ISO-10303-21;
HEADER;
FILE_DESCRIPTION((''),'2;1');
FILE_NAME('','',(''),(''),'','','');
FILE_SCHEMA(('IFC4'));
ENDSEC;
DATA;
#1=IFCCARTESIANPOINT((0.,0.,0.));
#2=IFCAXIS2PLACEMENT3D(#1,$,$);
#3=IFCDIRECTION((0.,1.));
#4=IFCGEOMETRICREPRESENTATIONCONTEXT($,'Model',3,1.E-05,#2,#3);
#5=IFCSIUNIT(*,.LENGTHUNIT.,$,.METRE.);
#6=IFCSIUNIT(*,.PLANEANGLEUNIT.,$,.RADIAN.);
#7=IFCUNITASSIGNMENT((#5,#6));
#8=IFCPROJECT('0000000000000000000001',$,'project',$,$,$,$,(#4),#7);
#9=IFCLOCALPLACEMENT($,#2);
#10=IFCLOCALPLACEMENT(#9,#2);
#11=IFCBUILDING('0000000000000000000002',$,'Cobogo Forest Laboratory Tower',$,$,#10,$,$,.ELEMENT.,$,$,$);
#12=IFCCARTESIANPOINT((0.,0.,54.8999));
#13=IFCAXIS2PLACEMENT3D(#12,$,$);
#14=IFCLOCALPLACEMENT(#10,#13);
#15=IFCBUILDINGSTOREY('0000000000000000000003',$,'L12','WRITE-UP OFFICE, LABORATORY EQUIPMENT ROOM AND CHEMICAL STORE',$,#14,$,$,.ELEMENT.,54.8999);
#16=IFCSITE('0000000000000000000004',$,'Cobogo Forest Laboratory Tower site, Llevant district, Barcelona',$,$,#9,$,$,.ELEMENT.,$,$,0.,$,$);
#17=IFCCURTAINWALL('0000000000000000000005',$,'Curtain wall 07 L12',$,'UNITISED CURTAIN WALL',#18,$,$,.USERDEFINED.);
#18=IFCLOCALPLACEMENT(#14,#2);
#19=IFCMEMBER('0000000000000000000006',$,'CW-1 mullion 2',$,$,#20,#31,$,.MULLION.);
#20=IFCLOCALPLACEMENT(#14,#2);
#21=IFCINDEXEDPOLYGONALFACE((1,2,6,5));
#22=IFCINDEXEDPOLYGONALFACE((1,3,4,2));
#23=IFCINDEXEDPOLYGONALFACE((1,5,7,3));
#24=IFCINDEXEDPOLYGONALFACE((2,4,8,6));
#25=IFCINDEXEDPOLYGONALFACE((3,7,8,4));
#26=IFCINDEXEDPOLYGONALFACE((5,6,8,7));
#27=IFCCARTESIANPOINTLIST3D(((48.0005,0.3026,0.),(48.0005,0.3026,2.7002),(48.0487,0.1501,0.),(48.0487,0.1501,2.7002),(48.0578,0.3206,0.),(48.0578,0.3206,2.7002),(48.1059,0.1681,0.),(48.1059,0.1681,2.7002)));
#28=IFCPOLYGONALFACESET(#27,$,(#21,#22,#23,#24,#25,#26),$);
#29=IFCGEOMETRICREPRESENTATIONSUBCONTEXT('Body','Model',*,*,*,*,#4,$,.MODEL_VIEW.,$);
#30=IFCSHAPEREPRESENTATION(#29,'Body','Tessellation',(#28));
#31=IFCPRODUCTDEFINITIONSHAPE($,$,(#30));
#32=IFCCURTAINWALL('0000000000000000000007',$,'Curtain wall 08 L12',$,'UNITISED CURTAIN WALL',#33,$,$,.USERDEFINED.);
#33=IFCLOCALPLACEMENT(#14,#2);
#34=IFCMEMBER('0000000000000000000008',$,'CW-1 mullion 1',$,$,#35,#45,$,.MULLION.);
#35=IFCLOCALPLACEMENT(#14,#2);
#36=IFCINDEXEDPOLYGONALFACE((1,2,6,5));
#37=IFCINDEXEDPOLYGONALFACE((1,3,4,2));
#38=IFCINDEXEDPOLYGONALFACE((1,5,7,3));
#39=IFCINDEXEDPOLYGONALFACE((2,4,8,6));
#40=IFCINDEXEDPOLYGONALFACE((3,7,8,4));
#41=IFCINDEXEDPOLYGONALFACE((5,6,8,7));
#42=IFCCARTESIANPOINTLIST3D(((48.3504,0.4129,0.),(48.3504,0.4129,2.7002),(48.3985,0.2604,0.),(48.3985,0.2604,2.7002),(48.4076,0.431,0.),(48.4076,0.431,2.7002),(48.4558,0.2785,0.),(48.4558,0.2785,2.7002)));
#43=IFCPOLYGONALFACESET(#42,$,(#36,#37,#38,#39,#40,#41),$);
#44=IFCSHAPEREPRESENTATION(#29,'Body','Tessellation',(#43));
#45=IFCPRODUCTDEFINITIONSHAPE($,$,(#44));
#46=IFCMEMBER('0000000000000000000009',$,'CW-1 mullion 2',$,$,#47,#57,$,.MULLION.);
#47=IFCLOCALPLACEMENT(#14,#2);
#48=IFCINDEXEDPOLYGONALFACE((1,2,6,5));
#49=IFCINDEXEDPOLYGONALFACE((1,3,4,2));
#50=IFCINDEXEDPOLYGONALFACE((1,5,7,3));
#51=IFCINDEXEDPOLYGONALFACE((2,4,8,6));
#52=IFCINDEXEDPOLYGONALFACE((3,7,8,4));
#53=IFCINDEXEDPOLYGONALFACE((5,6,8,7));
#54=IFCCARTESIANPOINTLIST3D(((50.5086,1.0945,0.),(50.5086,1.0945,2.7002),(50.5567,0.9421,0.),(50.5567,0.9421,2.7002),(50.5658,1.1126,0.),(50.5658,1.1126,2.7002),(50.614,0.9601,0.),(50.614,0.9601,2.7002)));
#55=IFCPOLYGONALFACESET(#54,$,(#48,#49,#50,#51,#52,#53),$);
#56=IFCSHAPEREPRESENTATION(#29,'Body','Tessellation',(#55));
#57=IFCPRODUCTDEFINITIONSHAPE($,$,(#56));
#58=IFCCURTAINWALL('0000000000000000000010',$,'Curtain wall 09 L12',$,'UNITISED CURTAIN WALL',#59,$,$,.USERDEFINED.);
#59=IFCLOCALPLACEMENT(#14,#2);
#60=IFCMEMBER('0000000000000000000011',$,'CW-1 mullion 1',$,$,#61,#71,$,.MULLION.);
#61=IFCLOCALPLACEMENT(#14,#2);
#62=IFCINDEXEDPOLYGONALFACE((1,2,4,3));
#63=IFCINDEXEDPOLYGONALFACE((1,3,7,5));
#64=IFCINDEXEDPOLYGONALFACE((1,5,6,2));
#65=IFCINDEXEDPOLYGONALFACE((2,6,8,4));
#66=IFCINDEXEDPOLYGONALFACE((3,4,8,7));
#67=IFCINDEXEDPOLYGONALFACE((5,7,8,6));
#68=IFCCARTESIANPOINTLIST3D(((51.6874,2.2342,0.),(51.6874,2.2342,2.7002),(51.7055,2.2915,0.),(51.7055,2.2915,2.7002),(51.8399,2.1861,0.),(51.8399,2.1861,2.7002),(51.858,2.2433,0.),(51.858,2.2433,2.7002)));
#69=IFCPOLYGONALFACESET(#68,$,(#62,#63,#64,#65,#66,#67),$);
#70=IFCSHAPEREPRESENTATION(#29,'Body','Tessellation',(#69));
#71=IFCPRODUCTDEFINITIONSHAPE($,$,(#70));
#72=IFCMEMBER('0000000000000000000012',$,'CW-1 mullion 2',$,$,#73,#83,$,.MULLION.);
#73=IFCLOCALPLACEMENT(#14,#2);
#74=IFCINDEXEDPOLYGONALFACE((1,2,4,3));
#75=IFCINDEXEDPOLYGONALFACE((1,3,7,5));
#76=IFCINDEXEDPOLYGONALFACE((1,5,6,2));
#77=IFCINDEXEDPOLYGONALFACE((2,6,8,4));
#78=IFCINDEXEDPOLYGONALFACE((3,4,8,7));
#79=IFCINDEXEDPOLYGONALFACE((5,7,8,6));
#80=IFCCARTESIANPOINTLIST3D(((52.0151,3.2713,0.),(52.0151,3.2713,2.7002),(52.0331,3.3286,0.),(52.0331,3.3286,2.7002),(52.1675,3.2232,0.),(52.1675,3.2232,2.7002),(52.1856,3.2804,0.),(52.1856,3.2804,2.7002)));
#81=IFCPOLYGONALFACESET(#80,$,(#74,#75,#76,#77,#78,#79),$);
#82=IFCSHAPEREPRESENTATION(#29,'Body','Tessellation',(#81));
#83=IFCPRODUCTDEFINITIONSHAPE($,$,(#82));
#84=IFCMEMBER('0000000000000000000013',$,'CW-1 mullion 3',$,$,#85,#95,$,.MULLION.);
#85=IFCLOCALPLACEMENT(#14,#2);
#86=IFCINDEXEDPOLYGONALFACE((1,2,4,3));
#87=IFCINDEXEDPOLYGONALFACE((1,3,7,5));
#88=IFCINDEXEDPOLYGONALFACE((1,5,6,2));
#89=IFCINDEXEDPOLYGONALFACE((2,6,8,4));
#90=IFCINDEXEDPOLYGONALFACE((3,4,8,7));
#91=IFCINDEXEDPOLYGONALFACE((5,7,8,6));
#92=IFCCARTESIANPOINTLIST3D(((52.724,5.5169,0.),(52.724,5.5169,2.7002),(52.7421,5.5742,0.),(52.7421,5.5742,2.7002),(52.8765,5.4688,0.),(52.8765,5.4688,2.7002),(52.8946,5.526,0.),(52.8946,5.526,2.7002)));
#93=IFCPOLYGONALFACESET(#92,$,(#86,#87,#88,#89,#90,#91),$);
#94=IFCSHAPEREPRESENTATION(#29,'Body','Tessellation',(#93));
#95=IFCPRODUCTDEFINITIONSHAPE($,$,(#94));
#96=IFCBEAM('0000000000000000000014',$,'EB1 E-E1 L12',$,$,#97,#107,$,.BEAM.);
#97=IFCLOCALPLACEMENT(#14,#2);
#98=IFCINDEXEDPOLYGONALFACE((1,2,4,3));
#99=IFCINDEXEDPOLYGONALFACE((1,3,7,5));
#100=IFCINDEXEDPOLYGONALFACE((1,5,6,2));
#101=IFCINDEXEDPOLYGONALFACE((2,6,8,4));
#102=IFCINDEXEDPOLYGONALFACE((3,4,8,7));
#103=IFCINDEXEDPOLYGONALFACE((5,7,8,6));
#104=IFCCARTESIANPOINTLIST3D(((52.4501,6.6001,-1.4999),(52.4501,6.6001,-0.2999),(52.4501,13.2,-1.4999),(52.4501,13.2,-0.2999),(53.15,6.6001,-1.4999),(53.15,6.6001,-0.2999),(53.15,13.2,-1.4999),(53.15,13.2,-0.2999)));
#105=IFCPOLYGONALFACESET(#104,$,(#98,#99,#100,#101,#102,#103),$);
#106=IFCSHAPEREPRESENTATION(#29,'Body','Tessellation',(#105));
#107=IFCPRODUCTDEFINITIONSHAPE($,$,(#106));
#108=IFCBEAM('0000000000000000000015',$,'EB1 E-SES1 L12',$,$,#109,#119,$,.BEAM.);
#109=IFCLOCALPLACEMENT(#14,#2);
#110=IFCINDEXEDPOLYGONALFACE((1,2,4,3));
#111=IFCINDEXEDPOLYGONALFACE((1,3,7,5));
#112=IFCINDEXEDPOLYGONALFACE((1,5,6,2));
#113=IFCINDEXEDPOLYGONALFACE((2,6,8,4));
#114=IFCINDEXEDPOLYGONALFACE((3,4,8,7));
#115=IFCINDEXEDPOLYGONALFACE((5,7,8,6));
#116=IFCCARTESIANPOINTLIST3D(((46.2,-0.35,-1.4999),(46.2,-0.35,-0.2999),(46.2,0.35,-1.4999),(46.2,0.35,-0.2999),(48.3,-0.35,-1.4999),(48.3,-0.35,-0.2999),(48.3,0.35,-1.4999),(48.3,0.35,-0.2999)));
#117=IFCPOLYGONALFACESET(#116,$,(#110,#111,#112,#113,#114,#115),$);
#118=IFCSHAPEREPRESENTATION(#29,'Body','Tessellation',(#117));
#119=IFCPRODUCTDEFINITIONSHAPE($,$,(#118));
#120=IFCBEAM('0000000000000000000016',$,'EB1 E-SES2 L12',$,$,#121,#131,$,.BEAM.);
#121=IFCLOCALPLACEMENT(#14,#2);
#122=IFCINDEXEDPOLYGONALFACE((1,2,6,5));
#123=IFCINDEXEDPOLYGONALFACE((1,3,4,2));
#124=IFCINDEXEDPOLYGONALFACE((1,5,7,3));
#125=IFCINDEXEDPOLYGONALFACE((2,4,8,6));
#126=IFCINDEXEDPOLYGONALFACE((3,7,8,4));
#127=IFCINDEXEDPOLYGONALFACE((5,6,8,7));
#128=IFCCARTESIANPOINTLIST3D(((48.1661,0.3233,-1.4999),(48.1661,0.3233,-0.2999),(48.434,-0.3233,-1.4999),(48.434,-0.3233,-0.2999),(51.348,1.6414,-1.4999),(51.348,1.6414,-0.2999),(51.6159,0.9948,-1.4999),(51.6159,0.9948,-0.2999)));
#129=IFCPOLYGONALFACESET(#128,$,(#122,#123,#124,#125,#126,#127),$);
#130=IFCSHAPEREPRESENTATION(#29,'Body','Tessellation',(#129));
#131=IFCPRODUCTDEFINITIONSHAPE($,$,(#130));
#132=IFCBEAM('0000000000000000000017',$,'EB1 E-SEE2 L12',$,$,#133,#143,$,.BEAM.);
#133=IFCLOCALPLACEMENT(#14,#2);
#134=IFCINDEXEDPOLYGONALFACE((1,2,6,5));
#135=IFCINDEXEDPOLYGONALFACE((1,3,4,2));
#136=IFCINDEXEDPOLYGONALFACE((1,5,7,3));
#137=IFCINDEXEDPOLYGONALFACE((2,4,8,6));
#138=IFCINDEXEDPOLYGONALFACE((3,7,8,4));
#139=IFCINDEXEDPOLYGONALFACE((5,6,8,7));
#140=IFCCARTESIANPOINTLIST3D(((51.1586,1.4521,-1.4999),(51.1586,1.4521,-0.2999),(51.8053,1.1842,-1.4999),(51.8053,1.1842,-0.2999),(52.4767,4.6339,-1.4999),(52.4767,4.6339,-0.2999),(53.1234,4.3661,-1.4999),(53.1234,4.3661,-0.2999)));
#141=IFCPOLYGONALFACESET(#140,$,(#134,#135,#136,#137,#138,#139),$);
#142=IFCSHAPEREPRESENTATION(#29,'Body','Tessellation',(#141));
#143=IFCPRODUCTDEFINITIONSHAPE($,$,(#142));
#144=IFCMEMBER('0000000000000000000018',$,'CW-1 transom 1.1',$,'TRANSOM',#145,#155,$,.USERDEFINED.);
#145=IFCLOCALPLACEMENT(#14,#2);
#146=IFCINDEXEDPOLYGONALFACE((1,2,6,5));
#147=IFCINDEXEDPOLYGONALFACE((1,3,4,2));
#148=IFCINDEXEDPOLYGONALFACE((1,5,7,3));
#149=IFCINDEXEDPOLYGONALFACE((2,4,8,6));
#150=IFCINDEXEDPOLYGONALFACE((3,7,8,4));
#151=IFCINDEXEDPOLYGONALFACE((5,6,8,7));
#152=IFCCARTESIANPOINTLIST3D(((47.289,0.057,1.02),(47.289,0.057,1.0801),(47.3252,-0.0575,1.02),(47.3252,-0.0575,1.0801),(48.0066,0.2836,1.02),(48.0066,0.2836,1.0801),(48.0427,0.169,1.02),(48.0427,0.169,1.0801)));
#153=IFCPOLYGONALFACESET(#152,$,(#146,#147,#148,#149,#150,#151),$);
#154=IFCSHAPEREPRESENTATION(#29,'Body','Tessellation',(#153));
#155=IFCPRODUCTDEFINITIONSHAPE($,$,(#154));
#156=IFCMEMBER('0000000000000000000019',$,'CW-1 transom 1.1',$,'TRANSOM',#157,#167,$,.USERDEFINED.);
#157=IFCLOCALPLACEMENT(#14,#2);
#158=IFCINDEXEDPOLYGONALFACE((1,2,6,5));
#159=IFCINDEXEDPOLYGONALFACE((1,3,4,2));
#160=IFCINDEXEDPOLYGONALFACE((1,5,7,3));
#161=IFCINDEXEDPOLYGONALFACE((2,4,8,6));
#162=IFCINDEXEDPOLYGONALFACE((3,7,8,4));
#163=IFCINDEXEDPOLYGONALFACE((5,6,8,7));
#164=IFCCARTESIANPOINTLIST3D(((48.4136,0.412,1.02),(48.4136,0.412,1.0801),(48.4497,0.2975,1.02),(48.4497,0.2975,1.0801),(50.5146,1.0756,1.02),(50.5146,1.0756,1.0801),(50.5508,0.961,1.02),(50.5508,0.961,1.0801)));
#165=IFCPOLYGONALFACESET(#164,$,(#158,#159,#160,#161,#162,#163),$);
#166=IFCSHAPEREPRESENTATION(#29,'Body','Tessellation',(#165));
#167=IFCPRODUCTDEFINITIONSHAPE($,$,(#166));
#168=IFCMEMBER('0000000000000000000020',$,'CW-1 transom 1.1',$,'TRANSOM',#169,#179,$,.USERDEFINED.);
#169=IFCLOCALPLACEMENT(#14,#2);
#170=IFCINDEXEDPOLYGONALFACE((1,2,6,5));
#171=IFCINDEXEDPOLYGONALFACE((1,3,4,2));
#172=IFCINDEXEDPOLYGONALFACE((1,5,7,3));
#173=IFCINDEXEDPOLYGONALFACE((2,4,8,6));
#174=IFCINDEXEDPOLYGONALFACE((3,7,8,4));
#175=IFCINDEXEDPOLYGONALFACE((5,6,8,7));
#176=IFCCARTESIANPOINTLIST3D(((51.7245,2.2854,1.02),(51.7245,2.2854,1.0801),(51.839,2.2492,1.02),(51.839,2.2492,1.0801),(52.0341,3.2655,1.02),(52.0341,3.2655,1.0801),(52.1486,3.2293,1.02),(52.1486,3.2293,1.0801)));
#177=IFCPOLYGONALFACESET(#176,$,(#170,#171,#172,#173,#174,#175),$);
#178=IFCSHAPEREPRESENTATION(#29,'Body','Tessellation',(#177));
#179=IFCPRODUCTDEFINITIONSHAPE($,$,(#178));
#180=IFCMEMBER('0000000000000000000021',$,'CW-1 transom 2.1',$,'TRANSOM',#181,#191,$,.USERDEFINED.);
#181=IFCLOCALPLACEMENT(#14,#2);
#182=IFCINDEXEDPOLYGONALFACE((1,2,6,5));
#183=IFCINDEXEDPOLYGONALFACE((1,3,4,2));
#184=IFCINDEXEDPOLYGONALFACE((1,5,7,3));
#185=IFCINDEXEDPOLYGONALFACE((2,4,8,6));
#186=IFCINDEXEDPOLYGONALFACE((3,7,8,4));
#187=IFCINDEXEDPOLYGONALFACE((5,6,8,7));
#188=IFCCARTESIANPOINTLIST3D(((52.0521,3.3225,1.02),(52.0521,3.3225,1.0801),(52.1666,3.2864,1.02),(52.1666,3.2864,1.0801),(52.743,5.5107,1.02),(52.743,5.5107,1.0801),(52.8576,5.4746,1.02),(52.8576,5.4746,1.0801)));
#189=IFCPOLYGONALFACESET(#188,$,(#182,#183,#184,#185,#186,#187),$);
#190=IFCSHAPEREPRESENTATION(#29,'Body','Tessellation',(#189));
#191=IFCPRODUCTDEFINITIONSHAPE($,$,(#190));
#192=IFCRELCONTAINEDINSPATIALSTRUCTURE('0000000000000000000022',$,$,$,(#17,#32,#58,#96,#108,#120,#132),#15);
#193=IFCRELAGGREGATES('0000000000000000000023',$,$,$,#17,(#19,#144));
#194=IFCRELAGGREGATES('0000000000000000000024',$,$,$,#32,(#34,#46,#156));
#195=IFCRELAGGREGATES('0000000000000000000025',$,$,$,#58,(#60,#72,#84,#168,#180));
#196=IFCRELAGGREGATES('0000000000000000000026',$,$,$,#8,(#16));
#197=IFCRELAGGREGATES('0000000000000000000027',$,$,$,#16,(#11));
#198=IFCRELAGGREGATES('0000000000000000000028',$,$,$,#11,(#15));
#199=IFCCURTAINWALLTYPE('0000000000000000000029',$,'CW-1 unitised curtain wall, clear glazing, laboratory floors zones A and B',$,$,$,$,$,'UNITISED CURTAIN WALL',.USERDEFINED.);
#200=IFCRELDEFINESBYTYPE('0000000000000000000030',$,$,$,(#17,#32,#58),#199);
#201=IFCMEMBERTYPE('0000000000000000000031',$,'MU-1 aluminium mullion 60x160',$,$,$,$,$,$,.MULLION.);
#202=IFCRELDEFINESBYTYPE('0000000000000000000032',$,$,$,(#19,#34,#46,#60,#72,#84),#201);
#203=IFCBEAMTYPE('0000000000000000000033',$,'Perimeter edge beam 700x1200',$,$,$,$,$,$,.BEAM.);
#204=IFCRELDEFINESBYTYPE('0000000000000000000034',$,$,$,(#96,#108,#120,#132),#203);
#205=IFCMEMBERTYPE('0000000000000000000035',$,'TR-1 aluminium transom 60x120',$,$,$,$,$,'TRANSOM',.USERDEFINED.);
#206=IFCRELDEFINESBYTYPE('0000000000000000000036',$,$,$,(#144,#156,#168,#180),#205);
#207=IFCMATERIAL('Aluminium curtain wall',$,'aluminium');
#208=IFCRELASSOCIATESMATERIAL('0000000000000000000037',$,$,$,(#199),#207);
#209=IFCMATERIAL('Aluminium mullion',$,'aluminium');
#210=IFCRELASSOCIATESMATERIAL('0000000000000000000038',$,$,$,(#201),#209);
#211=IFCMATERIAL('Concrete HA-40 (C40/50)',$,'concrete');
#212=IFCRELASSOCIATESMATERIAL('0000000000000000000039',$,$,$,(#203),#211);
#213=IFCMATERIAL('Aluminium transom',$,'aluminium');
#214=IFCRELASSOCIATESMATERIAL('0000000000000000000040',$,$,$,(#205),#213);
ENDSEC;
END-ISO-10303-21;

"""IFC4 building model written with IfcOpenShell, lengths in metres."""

from ifc_helpers import new_model, si_unit, direction, frame, origin, origin_2d, place, context, subcontext, project, spatial, rectangle, extrude, material, material_profile, profile_set, type_object, element, aggregate, save


model = new_model("IFC4")

# Units and contexts
model_context = context("Model", 3, precision=1e-05, world=origin(), true_north=direction((0.0, 1.0)))
body_context = subcontext(model_context, "Body", "Model", "MODEL_VIEW")
ifc_project = project(units=[si_unit("LENGTHUNIT", "METRE"), si_unit("PLANEANGLEUNIT", "RADIAN")], contexts=[model_context])

# Site, building, storey
site_placement = place(None, origin())
site = spatial("IfcSite", under=ifc_project, at=site_placement, Name="Cobogo Forest Laboratory Tower site, Llevant district, Barcelona", CompositionType="ELEMENT", RefElevation=0.0)
building_placement = place(site_placement, origin())
building = spatial("IfcBuilding", under=site, at=building_placement, Name="Cobogo Forest Laboratory Tower", CompositionType="ELEMENT")
storey_placement = place(building_placement, frame((0.0, 0.0, 54.8999)))
storey = spatial("IfcBuildingStorey", under=building, at=storey_placement, Name="L12", Description="WRITE-UP OFFICE, LABORATORY EQUIPMENT ROOM AND CHEMICAL STORE", CompositionType="ELEMENT", Elevation=54.8999)

# Shared definitions
ifc_material_1 = material(Name="Concrete HA-40 (C40/50)", Category="concrete")

# Curtain walls, members
ifc_material_2 = material(Name="Aluminium curtain wall", Category="aluminium")
curtain_wall_type = type_object("IfcCurtainWallType", Name="CW-1 unitised curtain wall, clear glazing, laboratory floors zones A and B", ElementType="UNITISED CURTAIN WALL", PredefinedType="USERDEFINED", material=ifc_material_2)
curtain_wall_1_placement = place(storey_placement, origin())
curtain_wall_1 = element("IfcCurtainWall", 1, at=curtain_wall_1_placement, inside=storey, type_object=curtain_wall_type, Name="Curtain wall 07 L12", ObjectType="UNITISED CURTAIN WALL", PredefinedType="USERDEFINED")
ifc_material_3 = material(Name="Aluminium mullion", Category="aluminium")
ifc_material_profile_1 = material_profile(ifc_material_3, rectangle(XDim=0.0601, YDim=0.1599, at=origin_2d()), Name="AL 60x160")
ifc_profile_set_1 = profile_set([ifc_material_profile_1], Name="Aluminium mullion")
member_type_1 = type_object("IfcMemberType", Name="MU-1 aluminium mullion 60x160", PredefinedType="MULLION", material=ifc_profile_set_1)
member_1_placement = place(storey_placement, frame((48.0532, 0.2354, 0.0), z_axis=(0.0, 0.0, 1.0), x_axis=(0.953582, 0.301135, 0.0)))
member_1 = element("IfcMember", 2, at=member_1_placement, type_object=member_type_1, Name="CW-1 mullion 2", PredefinedType="MULLION", context=body_context, shape_type="SweptSolid", body=[
    extrude(rectangle(XDim=0.0601, YDim=0.1599, at=origin_2d()), origin(), (0.0, 0.0, 1.0), 2.7002),
])
curtain_wall_2_placement = place(storey_placement, origin())
curtain_wall_2 = element("IfcCurtainWall", 3, at=curtain_wall_2_placement, inside=storey, type_object=curtain_wall_type, Name="Curtain wall 08 L12", ObjectType="UNITISED CURTAIN WALL", PredefinedType="USERDEFINED")
member_2_placement = place(storey_placement, frame((48.4031, 0.3457, 0.0), z_axis=(0.0, 0.0, 1.0), x_axis=(0.953581, 0.301135, 0.0)))
member_2 = element("IfcMember", 4, at=member_2_placement, type_object=member_type_1, Name="CW-1 mullion 1", PredefinedType="MULLION", context=body_context, shape_type="SweptSolid", body=[
    extrude(rectangle(XDim=0.0601, YDim=0.1599, at=origin_2d()), origin(), (0.0, 0.0, 1.0), 2.7002),
])
member_3_placement = place(storey_placement, frame((50.5613, 1.0273, 0.0), z_axis=(0.0, 0.0, 1.0), x_axis=(0.953581, 0.301135, 0.0)))
member_3 = element("IfcMember", 5, at=member_3_placement, type_object=member_type_1, Name="CW-1 mullion 2", PredefinedType="MULLION", context=body_context, shape_type="SweptSolid", body=[
    extrude(rectangle(XDim=0.0601, YDim=0.1599, at=origin_2d()), origin(), (0.0, 0.0, 1.0), 2.7002),
])
curtain_wall_3_placement = place(storey_placement, origin())
curtain_wall_3 = element("IfcCurtainWall", 6, at=curtain_wall_3_placement, inside=storey, type_object=curtain_wall_type, Name="Curtain wall 09 L12", ObjectType="UNITISED CURTAIN WALL", PredefinedType="USERDEFINED")
member_4_placement = place(storey_placement, frame((51.7727, 2.2388, 0.0), z_axis=(0.0, 0.0, 1.0), x_axis=(0.301135, 0.953581, 0.0)))
member_4 = element("IfcMember", 7, at=member_4_placement, type_object=member_type_1, Name="CW-1 mullion 1", PredefinedType="MULLION", context=body_context, shape_type="SweptSolid", body=[
    extrude(rectangle(XDim=0.0601, YDim=0.1599, at=origin_2d()), origin(), (0.0, 0.0, 1.0), 2.7002),
])
member_5_placement = place(storey_placement, frame((52.1003, 3.2759, 0.0), z_axis=(0.0, 0.0, 1.0), x_axis=(0.301135, 0.953581, 0.0)))
member_5 = element("IfcMember", 8, at=member_5_placement, type_object=member_type_1, Name="CW-1 mullion 2", PredefinedType="MULLION", context=body_context, shape_type="SweptSolid", body=[
    extrude(rectangle(XDim=0.0601, YDim=0.1599, at=origin_2d()), origin(), (0.0, 0.0, 1.0), 2.7002),
])
member_6_placement = place(storey_placement, frame((52.8093, 5.5215, 0.0), z_axis=(0.0, 0.0, 1.0), x_axis=(0.301135, 0.953581, 0.0)))
member_6 = element("IfcMember", 9, at=member_6_placement, type_object=member_type_1, Name="CW-1 mullion 3", PredefinedType="MULLION", context=body_context, shape_type="SweptSolid", body=[
    extrude(rectangle(XDim=0.0601, YDim=0.1599, at=origin_2d()), origin(), (0.0, 0.0, 1.0), 2.7002),
])

# Beams
ifc_material_profile_2 = material_profile(ifc_material_1, rectangle(XDim=0.7, YDim=1.2, at=origin_2d()), Name="RC 700x1200")
ifc_profile_set_2 = profile_set([ifc_material_profile_2], Name="Concrete HA-40 (C40/50)")
beam_type_1 = type_object("IfcBeamType", Name="Perimeter edge beam 700x1200", PredefinedType="BEAM", material=ifc_profile_set_2)
beam_1_placement = place(storey_placement, frame((52.8, 6.6001, -0.8999), z_axis=(0.0, 1.0, 0.0), x_axis=(-1.0, 0.0, 0.0)))
element("IfcBeam", 10, at=beam_1_placement, inside=storey, type_object=beam_type_1, Name="EB1 E-E1 L12", PredefinedType="BEAM", context=body_context, shape_type="SweptSolid", body=[
    extrude(rectangle(XDim=0.7, YDim=1.2, at=origin_2d()), origin(), (0.0, 0.0, 1.0), 6.5999),
])
beam_2_placement = place(storey_placement, frame((46.2, 0.0, -0.8999), z_axis=(1.0, 0.0, 0.0), x_axis=(0.0, 1.0, 0.0)))
element("IfcBeam", 11, at=beam_2_placement, inside=storey, type_object=beam_type_1, Name="EB1 E-SES1 L12", PredefinedType="BEAM", context=body_context, shape_type="SweptSolid", body=[
    extrude(rectangle(XDim=0.7, YDim=1.2, at=origin_2d()), origin(), (0.0, 0.0, 1.0), 2.1001),
])
for number, where, z_axis, x_axis, name in (
    (12, (48.3, 0.0, -0.8999), (0.923866, 0.382717, 0.0), (-0.382717, 0.923866, 0.0), "EB1 E-SES2 L12"),
    (13, (52.8, 4.5, -0.8999), (-0.382717, -0.923866, 0.0), (0.923866, -0.382717, 0.0), "EB1 E-SEE2 L12"),
):
    element("IfcBeam", number, at=place(storey_placement, frame(where, z_axis=z_axis, x_axis=x_axis)), inside=storey, type_object=beam_type_1, Name=name, PredefinedType="BEAM", context=body_context, shape_type="SweptSolid", body=[
        extrude(rectangle(XDim=0.7, YDim=1.2, at=origin_2d()), origin(), (0.0, 0.0, 1.0), 3.4441),
    ])

# Members
ifc_material_4 = material(Name="Aluminium transom", Category="aluminium")
ifc_material_profile_3 = material_profile(ifc_material_4, rectangle(XDim=0.1201, YDim=0.0601, at=origin_2d()), Name="AL 60x120")
ifc_profile_set_3 = profile_set([ifc_material_profile_3], Name="Aluminium transom")
member_type_2 = type_object("IfcMemberType", Name="TR-1 aluminium transom 60x120", ElementType="TRANSOM", PredefinedType="USERDEFINED", material=ifc_profile_set_3)
member_7_placement = place(storey_placement, frame((47.3071, -0.0002, 1.05), z_axis=(0.953592, 0.3011, 0.0), x_axis=(-0.3011, 0.953592, 0.0)))
member_7 = element("IfcMember", 14, at=member_7_placement, type_object=member_type_2, Name="CW-1 transom 1.1", ObjectType="TRANSOM", PredefinedType="USERDEFINED", context=body_context, shape_type="SweptSolid", body=[
    extrude(rectangle(XDim=0.1201, YDim=0.0601, at=origin_2d()), origin(), (0.0, 0.0, 1.0), 0.7524),
])
member_8_placement = place(storey_placement, frame((48.4316, 0.3547, 1.05), z_axis=(0.953573, 0.301163, 0.0), x_axis=(-0.301163, 0.953573, 0.0)))
member_8 = element("IfcMember", 15, at=member_8_placement, type_object=member_type_2, Name="CW-1 transom 1.1", ObjectType="TRANSOM", PredefinedType="USERDEFINED", context=body_context, shape_type="SweptSolid", body=[
    extrude(rectangle(XDim=0.1201, YDim=0.0601, at=origin_2d()), origin(), (0.0, 0.0, 1.0), 2.2034),
])
member_9_placement = place(storey_placement, frame((51.7817, 2.2673, 1.05), z_axis=(0.301222, 0.953554, 0.0), x_axis=(-0.953554, 0.301222, 0.0)))
member_9 = element("IfcMember", 16, at=member_9_placement, type_object=member_type_2, Name="CW-1 transom 1.1", ObjectType="TRANSOM", PredefinedType="USERDEFINED", context=body_context, shape_type="SweptSolid", body=[
    extrude(rectangle(XDim=0.1201, YDim=0.0601, at=origin_2d()), origin(), (0.0, 0.0, 1.0), 1.0278),
])
member_10_placement = place(storey_placement, frame((52.1094, 3.3044, 1.05), z_axis=(0.301091, 0.953596, 0.0), x_axis=(-0.953596, 0.301091, 0.0)))
member_10 = element("IfcMember", 17, at=member_10_placement, type_object=member_type_2, Name="CW-1 transom 2.1", ObjectType="TRANSOM", PredefinedType="USERDEFINED", context=body_context, shape_type="SweptSolid", body=[
    extrude(rectangle(XDim=0.1201, YDim=0.0601, at=origin_2d()), origin(), (0.0, 0.0, 1.0), 2.2947),
])

aggregate(curtain_wall_1, [member_1, member_7])
aggregate(curtain_wall_2, [member_2, member_3, member_8])
aggregate(curtain_wall_3, [member_4, member_5, member_6, member_9, member_10])

save(model, "model.ifc")
